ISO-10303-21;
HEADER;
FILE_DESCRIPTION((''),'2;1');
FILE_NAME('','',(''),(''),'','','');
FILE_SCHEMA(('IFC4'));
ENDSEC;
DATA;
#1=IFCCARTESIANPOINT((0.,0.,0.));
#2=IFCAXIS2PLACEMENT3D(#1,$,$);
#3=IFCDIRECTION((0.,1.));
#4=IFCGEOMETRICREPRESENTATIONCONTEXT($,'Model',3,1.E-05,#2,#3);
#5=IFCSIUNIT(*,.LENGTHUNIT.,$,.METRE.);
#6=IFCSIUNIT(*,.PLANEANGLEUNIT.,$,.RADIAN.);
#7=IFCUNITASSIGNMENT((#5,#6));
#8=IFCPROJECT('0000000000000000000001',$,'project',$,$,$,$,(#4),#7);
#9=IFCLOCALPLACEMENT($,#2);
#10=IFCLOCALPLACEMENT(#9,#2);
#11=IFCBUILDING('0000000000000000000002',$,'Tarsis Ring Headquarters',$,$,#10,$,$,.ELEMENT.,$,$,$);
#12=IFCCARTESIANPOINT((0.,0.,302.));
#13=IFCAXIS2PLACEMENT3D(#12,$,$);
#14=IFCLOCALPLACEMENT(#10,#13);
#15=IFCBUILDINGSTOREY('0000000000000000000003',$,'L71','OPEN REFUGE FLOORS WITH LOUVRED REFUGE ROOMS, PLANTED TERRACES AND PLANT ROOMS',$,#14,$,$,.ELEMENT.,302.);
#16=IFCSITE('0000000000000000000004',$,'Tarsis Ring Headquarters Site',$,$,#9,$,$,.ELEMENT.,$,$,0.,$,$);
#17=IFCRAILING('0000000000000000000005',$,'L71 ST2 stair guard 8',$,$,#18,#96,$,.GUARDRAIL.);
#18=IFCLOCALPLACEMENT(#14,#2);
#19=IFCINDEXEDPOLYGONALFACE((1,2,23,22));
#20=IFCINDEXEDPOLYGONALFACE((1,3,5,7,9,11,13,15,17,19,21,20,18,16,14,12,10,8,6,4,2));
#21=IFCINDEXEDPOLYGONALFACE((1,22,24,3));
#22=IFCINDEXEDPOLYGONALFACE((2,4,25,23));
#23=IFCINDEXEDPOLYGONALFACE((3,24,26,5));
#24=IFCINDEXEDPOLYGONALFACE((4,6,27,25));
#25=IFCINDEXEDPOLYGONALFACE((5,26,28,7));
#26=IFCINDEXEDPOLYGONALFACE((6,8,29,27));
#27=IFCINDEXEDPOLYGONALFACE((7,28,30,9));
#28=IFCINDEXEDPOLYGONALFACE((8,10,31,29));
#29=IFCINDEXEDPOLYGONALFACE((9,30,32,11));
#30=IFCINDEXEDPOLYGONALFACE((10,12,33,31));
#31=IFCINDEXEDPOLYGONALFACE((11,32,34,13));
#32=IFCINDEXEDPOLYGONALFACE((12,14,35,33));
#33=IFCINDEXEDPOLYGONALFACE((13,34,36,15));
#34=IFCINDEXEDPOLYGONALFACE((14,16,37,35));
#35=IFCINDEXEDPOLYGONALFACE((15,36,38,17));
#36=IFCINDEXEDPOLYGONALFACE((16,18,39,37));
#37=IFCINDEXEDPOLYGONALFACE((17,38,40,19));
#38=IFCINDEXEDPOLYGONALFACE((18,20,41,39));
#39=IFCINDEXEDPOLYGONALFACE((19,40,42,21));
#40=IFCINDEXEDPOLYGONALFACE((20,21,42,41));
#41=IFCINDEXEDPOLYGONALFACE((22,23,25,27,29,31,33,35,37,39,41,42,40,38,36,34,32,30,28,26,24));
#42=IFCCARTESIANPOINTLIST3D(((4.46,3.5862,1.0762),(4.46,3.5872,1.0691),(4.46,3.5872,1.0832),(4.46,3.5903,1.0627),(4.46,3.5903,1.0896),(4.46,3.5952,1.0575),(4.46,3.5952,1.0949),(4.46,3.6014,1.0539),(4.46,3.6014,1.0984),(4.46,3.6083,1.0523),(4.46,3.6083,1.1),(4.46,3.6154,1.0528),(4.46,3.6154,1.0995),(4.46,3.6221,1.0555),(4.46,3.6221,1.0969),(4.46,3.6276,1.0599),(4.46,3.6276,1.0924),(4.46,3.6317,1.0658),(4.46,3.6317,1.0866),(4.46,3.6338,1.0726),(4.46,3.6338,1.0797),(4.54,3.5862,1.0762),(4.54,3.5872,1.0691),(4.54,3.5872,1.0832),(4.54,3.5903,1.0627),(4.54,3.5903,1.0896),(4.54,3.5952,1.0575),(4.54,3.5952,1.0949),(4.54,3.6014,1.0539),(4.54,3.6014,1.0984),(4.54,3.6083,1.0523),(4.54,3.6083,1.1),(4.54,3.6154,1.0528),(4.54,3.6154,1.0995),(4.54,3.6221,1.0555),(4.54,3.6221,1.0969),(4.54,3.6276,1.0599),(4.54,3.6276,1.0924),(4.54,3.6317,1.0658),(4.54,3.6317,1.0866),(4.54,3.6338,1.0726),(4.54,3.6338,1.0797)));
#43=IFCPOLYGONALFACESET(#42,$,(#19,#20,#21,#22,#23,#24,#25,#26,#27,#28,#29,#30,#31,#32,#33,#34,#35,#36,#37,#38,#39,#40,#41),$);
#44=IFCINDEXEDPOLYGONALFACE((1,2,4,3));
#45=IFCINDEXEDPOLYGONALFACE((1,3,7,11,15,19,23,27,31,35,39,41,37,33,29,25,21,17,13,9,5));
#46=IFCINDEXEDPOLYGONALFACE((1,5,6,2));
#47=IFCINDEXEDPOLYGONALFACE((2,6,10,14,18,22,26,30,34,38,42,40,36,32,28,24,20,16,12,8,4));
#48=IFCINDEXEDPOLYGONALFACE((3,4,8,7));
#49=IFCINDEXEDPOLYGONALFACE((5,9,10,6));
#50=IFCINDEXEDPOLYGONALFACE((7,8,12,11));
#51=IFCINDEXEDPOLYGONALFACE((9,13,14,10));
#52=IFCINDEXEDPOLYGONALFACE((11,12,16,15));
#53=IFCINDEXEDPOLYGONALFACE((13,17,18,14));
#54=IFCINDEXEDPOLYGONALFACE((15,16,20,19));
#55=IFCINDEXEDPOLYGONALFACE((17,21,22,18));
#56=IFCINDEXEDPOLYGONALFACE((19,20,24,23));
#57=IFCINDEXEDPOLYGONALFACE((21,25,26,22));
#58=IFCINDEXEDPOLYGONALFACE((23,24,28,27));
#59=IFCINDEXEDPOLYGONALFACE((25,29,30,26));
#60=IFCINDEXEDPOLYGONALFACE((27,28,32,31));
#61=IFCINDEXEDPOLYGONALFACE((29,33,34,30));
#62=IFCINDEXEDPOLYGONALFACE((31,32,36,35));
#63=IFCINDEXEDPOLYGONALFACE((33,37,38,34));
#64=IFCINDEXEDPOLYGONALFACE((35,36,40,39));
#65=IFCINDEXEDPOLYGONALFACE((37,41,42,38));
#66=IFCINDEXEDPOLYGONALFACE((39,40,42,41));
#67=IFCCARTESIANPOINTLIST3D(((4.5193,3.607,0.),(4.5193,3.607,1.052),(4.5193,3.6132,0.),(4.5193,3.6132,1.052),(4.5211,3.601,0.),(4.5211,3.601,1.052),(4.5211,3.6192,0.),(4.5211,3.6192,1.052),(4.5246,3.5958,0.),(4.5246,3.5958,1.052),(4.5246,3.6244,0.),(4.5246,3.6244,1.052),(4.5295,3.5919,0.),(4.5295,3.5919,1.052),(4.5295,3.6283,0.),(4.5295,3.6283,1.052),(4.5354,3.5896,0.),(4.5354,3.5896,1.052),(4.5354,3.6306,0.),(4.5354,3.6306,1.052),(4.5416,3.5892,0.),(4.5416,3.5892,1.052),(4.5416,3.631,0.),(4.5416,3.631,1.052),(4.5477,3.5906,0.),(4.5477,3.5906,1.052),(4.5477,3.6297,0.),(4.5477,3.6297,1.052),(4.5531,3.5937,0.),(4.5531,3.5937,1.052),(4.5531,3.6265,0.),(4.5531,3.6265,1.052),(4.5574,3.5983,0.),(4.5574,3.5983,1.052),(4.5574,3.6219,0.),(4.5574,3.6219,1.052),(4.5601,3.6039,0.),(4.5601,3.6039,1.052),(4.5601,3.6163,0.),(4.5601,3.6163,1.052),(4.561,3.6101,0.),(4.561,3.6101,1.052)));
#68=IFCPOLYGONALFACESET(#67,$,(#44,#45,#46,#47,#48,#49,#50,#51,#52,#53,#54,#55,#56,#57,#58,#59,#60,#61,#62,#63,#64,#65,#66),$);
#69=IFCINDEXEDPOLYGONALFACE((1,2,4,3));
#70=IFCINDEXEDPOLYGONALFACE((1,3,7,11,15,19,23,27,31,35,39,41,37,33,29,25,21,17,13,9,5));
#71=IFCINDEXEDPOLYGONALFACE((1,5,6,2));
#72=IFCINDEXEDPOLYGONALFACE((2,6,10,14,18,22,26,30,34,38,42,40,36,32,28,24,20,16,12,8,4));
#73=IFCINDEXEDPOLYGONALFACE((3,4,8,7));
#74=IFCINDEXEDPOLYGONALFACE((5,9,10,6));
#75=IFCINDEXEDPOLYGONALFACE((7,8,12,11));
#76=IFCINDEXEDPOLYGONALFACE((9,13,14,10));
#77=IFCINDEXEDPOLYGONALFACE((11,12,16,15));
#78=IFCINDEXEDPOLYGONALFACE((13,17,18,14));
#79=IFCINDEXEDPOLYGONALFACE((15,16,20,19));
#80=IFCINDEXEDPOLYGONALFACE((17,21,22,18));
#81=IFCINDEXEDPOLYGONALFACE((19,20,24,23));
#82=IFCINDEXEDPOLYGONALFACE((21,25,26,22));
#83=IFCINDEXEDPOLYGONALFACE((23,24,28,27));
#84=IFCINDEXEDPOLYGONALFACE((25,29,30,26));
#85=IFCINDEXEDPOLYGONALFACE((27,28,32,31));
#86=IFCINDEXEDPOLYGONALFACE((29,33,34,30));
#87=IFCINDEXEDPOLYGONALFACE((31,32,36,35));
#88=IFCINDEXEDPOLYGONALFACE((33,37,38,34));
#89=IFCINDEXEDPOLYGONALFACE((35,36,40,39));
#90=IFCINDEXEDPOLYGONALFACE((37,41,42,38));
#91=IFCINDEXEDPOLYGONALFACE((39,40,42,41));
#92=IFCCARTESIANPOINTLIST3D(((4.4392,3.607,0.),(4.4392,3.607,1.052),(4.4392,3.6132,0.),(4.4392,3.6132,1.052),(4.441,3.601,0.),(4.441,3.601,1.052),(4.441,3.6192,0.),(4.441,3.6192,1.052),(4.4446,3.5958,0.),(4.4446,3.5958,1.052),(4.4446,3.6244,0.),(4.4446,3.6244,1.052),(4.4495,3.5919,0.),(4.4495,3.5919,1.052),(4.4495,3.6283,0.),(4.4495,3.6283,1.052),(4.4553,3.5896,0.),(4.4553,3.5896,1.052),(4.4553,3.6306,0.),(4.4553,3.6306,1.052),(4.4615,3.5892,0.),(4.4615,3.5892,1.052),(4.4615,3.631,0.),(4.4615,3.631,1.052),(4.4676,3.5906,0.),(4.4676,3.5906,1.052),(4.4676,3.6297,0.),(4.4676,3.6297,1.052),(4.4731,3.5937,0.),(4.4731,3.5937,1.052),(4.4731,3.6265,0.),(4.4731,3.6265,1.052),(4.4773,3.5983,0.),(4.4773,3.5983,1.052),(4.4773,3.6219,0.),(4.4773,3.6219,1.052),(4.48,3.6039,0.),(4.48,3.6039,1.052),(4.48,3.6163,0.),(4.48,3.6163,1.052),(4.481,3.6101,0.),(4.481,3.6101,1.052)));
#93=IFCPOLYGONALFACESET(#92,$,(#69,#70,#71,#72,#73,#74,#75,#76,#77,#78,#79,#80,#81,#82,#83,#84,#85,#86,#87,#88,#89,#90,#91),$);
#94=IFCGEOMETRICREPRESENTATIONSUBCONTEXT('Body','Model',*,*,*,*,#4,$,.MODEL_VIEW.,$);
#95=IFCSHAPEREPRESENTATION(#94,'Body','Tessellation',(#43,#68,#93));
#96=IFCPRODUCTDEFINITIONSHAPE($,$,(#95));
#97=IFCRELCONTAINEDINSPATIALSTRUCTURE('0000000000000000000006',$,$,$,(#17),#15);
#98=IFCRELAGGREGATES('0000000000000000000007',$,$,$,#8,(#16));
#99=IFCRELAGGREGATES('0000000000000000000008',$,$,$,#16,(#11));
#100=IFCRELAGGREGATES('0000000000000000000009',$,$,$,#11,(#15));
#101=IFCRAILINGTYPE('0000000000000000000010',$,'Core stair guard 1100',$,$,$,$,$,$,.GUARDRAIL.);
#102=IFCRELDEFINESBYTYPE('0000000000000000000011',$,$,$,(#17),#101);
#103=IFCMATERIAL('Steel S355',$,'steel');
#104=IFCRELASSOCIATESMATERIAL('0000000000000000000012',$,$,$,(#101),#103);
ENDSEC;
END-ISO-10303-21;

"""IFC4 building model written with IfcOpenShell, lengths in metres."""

from ifc_helpers import new_model, si_unit, direction, frame, origin, origin_2d, place, context, subcontext, project, spatial, circle, extrude, material, type_object, element, save


model = new_model("IFC4")

# Units and contexts
model_context = context("Model", 3, precision=1e-05, world=origin(), true_north=direction((0.0, 1.0)))
body_context = subcontext(model_context, "Body", "Model", "MODEL_VIEW")
ifc_project = project(units=[si_unit("LENGTHUNIT", "METRE"), si_unit("PLANEANGLEUNIT", "RADIAN")], contexts=[model_context])

# Site, building, storey
site_placement = place(None, origin())
site = spatial("IfcSite", under=ifc_project, at=site_placement, Name="Tarsis Ring Headquarters Site", CompositionType="ELEMENT", RefElevation=0.0)
building_placement = place(site_placement, origin())
building = spatial("IfcBuilding", under=site, at=building_placement, Name="Tarsis Ring Headquarters", CompositionType="ELEMENT")
storey_placement = place(building_placement, frame((0.0, 0.0, 302.0)))
storey = spatial("IfcBuildingStorey", under=building, at=storey_placement, Name="L71", Description="OPEN REFUGE FLOORS WITH LOUVRED REFUGE ROOMS, PLANTED TERRACES AND PLANT ROOMS", CompositionType="ELEMENT", Elevation=302.0)

# Railing
ifc_material_1 = material(Name="Steel S355", Category="steel")
railing_type_1 = type_object("IfcRailingType", Name="Core stair guard 1100", PredefinedType="GUARDRAIL", material=ifc_material_1)
railing_1_placement = place(storey_placement, frame((4.54, 3.6101, 0.0)))
element("IfcRailing", 1, at=railing_1_placement, inside=storey, type_object=railing_type_1, Name="L71 ST2 stair guard 8", PredefinedType="GUARDRAIL", context=body_context, shape_type="SweptSolid", body=[
    extrude(circle(Radius=0.0239, at=origin_2d()), frame((0.0, 0.0, 1.0762), z_axis=(-1.0, 0.0, 0.0), x_axis=(0.0, -1.0, 0.0)), (0.0, 0.0, 1.0), 0.0801),
    extrude(circle(Radius=0.021, at=origin_2d()), origin(), (0.0, 0.0, 1.0), 1.052),
    extrude(circle(Radius=0.021, at=origin_2d()), frame((-0.0801, 0.0, 0.0)), (0.0, 0.0, 1.0), 1.052),
])

save(model, "model.ifc")
